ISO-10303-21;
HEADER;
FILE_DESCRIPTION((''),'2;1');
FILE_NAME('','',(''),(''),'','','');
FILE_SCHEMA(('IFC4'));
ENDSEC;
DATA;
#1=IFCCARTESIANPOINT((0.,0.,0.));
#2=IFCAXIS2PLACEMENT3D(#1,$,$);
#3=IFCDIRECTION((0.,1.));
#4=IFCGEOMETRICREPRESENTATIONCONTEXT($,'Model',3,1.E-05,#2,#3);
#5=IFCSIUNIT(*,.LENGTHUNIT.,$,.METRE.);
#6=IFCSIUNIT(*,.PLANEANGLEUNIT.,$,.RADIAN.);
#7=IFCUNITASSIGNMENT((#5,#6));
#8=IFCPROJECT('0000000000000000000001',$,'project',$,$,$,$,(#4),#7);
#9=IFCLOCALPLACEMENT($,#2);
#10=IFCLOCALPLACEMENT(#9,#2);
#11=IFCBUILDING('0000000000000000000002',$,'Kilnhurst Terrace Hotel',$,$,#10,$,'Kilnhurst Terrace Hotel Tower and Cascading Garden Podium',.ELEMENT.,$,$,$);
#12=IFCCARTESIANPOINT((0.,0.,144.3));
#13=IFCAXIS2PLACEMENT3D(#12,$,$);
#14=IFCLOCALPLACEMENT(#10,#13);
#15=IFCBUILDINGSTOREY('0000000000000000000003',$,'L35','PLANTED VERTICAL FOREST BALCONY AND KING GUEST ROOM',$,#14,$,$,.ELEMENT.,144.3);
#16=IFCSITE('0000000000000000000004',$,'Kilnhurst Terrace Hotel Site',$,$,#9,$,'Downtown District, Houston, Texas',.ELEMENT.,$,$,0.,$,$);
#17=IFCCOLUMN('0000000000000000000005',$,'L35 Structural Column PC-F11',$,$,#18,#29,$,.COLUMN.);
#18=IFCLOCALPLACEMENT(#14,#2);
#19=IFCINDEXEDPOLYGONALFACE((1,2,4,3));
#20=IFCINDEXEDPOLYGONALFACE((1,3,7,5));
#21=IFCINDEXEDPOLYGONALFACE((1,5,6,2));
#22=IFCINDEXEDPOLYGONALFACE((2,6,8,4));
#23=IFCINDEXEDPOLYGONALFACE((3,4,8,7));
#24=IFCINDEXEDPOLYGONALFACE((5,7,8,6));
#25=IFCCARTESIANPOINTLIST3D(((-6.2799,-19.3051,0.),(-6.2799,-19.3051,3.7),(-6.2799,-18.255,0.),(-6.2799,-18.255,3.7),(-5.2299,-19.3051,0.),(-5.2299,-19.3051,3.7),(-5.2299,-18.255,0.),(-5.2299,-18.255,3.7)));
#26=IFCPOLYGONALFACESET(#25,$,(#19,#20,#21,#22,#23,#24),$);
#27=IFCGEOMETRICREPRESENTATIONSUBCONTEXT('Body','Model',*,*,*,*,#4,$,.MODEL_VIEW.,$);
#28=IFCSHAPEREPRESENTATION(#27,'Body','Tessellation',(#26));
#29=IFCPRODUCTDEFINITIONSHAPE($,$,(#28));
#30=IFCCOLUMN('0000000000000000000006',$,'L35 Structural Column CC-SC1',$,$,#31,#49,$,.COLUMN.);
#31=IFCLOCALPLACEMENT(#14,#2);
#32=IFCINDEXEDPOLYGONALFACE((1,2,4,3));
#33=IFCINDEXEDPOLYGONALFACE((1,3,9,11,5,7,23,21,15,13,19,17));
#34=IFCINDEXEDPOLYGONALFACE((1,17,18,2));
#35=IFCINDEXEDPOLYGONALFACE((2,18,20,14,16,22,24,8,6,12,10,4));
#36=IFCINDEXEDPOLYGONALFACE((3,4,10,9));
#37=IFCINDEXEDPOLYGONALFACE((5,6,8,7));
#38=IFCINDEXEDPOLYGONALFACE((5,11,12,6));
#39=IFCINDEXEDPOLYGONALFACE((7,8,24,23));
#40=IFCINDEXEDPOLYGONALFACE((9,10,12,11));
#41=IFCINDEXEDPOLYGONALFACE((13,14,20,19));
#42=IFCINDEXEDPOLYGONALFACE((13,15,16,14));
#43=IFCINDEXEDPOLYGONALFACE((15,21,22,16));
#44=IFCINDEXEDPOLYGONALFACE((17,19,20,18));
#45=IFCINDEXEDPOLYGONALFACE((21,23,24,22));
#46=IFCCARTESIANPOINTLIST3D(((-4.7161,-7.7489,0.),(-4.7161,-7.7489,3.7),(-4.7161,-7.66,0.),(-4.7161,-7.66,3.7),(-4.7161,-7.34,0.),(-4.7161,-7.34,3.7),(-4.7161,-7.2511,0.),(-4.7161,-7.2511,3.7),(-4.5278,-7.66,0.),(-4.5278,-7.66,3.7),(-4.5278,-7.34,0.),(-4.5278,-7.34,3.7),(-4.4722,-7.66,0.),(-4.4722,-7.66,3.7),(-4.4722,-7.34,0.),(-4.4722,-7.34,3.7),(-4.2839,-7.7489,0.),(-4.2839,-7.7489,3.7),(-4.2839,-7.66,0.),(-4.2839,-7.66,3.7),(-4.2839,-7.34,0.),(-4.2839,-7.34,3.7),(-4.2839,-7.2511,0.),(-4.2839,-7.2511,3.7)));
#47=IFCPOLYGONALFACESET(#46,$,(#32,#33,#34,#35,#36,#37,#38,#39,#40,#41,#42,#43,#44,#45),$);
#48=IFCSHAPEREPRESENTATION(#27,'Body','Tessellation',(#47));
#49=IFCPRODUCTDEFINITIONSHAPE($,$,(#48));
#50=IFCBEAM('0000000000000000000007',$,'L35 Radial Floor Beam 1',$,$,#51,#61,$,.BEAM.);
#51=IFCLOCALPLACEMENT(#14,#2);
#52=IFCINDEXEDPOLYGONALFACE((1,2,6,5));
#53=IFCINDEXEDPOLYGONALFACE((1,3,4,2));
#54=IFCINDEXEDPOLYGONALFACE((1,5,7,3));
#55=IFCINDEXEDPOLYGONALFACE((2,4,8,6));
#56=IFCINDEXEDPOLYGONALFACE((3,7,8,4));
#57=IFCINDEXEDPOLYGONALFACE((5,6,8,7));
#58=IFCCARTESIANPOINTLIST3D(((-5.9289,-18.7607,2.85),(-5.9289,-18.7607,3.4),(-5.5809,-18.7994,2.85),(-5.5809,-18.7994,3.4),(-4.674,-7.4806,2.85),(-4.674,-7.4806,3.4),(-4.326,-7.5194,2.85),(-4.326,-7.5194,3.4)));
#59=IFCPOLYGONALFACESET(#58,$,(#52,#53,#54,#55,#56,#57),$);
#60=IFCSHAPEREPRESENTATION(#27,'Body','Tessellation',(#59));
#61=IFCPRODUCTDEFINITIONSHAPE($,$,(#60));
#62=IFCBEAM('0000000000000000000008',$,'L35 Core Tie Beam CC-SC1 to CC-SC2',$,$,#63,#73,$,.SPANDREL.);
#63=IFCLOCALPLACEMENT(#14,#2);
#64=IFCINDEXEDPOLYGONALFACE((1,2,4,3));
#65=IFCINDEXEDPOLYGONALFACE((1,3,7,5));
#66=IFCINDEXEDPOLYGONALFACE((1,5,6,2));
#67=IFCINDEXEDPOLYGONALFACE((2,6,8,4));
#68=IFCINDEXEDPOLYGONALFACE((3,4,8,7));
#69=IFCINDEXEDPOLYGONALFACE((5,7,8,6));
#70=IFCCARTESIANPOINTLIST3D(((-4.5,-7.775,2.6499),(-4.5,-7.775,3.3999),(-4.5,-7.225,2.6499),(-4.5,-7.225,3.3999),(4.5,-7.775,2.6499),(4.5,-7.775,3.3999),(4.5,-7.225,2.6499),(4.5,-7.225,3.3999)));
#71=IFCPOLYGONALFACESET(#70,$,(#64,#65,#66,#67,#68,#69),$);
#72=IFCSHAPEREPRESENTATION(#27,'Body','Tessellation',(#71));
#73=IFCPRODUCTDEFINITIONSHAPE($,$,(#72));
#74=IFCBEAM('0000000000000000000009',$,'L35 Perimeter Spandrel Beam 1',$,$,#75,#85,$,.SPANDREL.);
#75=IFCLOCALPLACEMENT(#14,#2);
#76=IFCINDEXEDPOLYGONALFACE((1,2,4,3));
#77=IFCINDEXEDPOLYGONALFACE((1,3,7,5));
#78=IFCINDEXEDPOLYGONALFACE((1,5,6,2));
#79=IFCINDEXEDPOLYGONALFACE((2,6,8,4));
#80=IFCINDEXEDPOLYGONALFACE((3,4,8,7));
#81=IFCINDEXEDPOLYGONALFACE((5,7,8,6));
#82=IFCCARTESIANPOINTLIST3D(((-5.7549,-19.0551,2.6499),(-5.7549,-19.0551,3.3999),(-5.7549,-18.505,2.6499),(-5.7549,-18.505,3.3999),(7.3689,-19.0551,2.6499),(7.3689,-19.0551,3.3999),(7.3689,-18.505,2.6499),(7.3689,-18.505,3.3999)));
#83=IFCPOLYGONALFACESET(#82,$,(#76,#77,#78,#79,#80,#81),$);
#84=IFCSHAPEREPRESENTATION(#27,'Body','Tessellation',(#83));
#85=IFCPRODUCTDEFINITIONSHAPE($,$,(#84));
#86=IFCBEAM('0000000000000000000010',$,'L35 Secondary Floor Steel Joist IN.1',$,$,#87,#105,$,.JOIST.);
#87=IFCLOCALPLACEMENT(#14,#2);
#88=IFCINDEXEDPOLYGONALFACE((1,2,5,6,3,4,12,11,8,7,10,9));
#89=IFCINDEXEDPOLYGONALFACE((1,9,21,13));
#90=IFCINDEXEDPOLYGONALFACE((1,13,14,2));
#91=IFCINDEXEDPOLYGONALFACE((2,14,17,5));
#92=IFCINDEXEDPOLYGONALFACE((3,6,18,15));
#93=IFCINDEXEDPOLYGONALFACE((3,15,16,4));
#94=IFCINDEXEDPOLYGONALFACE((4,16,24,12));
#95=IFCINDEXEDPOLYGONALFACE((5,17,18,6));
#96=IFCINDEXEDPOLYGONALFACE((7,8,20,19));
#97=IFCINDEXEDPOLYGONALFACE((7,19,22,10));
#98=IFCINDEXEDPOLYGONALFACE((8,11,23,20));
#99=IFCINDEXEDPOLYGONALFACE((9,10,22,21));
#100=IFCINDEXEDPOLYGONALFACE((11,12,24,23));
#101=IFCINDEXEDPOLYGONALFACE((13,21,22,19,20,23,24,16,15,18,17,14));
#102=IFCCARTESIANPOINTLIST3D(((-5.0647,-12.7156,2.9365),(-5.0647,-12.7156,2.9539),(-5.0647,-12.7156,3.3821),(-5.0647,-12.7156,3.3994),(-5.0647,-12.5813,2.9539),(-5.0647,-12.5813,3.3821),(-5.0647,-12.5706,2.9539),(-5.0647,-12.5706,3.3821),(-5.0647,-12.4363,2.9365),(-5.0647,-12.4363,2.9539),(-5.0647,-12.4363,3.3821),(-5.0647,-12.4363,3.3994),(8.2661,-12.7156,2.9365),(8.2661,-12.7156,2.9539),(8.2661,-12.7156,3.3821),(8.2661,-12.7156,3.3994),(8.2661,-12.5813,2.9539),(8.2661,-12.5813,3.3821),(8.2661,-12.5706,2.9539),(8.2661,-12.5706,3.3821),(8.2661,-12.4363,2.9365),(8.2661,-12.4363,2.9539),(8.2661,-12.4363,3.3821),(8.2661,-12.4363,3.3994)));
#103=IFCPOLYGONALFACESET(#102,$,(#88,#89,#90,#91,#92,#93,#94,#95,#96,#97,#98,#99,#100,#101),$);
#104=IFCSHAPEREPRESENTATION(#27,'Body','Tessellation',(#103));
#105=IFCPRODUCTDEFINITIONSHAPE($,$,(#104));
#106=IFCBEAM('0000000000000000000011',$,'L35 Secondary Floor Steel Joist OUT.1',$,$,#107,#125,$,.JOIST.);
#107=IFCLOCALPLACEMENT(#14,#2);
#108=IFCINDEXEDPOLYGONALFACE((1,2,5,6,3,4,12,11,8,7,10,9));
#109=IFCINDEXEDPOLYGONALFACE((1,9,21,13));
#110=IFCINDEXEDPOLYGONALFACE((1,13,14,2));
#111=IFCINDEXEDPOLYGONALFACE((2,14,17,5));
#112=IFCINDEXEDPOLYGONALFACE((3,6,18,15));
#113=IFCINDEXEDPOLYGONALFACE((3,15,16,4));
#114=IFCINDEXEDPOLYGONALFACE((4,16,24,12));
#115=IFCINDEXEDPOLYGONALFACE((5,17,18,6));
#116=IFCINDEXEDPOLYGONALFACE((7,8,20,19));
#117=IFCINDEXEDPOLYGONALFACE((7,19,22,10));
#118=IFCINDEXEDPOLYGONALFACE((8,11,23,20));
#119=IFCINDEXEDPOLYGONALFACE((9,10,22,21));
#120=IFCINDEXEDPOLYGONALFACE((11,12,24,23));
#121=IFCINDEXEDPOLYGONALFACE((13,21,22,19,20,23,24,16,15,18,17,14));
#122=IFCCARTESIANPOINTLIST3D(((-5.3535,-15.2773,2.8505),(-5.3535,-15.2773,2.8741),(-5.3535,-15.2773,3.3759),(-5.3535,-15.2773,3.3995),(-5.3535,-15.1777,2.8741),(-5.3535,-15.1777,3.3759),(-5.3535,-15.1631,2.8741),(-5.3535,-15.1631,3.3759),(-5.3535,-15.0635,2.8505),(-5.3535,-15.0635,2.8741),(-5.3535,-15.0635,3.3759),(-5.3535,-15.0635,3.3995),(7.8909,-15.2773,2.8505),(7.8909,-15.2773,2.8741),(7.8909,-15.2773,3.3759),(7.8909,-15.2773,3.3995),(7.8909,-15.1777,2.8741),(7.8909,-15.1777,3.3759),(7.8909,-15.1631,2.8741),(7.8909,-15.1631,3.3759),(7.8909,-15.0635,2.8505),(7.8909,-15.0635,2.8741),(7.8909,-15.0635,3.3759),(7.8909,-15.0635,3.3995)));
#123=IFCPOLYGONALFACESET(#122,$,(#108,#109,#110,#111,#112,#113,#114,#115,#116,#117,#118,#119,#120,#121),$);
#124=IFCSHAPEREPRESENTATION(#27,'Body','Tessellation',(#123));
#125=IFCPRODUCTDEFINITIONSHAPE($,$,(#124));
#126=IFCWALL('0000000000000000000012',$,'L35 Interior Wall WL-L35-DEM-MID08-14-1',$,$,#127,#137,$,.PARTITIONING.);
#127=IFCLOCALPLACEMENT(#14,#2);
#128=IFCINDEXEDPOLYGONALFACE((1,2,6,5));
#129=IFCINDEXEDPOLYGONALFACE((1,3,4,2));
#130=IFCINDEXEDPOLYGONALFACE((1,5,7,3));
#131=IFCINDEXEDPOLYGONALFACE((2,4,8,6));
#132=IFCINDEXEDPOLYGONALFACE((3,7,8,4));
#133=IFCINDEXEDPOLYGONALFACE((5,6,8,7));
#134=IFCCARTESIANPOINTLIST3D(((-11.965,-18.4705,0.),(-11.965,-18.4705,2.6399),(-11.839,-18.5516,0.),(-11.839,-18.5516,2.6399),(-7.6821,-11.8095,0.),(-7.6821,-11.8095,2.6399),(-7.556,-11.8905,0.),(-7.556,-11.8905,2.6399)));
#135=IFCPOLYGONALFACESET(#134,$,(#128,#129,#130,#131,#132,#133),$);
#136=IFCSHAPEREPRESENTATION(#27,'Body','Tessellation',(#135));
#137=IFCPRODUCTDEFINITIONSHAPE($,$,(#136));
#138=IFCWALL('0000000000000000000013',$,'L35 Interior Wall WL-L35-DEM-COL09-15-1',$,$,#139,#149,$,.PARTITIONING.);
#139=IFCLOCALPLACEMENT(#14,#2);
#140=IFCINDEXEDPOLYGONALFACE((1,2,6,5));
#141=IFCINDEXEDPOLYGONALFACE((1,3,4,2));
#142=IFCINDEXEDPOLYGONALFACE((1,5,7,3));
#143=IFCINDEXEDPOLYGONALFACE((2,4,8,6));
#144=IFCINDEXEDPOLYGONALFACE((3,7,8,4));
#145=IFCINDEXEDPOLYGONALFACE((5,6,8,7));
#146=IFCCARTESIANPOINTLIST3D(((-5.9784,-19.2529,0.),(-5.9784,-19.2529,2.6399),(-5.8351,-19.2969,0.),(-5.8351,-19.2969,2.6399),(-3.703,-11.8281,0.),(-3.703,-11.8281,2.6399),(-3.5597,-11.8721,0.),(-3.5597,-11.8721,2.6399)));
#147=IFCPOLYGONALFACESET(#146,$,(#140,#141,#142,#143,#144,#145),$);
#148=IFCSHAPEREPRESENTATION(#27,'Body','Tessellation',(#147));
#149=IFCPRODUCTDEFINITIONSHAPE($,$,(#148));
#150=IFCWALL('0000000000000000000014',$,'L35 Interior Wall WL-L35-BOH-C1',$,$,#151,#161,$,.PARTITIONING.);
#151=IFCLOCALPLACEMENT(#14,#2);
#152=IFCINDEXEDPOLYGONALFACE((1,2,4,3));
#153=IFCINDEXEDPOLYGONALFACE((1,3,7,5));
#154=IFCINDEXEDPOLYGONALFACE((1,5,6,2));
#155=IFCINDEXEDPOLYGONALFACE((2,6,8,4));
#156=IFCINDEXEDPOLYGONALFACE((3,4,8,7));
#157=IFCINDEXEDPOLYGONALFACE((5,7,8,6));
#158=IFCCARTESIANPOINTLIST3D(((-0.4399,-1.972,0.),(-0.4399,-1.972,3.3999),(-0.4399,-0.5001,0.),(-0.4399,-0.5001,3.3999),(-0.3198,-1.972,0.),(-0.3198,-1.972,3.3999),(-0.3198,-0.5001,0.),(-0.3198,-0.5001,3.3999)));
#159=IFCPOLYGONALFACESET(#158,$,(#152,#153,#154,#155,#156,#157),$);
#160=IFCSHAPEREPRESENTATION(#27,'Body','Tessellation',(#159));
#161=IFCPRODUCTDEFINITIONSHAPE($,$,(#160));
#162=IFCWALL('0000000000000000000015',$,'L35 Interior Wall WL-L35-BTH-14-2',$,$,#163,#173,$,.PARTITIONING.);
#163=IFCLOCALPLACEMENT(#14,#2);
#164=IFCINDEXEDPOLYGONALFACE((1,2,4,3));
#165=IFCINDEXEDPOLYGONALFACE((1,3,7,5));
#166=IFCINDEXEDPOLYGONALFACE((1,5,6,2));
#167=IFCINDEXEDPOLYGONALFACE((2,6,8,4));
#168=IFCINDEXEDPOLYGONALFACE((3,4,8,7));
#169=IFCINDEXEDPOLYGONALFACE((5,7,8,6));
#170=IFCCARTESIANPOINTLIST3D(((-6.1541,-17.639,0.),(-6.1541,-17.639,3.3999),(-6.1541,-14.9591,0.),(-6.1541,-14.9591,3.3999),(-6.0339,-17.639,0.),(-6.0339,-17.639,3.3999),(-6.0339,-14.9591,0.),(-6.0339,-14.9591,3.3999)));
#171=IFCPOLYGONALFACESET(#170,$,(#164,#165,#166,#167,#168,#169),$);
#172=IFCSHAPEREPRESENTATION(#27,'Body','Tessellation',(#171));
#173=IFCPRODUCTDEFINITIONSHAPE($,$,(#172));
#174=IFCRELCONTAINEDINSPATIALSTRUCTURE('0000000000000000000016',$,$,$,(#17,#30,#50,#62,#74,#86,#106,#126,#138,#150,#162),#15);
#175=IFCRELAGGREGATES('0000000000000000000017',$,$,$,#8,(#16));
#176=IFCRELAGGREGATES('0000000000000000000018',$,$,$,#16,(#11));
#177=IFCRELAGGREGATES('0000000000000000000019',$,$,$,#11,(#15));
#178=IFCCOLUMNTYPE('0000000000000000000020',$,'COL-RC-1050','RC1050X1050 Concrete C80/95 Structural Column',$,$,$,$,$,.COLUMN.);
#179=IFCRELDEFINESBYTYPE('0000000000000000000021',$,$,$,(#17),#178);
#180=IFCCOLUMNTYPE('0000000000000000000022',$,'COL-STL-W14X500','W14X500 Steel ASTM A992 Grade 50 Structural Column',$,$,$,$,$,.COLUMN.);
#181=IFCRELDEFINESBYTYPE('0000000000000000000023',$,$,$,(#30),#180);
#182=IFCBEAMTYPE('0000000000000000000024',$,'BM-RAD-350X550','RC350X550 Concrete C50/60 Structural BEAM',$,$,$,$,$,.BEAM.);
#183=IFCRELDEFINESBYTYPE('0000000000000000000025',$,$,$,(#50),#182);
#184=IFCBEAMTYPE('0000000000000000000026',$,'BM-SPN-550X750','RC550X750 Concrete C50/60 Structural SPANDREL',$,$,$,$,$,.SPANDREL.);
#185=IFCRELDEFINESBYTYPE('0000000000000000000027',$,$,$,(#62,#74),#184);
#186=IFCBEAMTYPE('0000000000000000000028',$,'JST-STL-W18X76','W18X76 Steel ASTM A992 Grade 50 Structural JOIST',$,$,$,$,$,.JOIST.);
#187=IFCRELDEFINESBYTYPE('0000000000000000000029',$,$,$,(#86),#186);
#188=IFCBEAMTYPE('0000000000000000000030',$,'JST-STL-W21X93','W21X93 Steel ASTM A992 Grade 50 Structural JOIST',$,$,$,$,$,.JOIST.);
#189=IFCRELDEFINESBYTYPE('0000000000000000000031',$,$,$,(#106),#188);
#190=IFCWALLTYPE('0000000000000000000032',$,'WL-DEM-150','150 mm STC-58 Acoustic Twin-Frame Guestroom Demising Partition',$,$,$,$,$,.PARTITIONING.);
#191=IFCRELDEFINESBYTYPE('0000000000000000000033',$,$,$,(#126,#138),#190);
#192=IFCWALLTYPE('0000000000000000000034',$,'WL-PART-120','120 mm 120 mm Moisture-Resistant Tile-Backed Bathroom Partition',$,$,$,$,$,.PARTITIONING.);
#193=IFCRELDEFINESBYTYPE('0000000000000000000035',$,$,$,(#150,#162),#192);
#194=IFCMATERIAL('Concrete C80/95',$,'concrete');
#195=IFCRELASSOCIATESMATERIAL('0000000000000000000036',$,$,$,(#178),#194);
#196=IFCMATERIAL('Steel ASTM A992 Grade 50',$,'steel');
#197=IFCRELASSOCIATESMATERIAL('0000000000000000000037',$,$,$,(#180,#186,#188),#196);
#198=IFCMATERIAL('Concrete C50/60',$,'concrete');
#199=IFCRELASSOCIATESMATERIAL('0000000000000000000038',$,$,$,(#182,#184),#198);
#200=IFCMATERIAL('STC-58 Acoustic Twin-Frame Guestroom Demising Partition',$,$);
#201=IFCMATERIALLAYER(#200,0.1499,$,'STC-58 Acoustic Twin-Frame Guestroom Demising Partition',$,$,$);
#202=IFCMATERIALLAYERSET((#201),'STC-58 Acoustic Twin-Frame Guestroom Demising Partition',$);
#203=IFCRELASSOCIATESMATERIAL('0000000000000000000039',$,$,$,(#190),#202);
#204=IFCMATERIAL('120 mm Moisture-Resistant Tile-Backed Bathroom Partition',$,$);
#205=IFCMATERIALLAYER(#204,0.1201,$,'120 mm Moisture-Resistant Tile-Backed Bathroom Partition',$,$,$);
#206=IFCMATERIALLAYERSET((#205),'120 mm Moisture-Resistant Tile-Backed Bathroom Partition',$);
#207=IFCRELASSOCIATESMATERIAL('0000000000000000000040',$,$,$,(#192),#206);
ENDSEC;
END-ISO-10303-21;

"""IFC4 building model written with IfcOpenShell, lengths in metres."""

from ifc_helpers import new_model, si_unit, direction, frame, frame_2d, origin, origin_2d, place, context, subcontext, project, spatial, rectangle, i_section, extrude, material, layer, layer_set, material_profile, profile_set, type_object, element, save


model = new_model("IFC4")

# Units and contexts
model_context = context("Model", 3, precision=1e-05, world=origin(), true_north=direction((0.0, 1.0)))
body_context = subcontext(model_context, "Body", "Model", "MODEL_VIEW")
ifc_project = project(units=[si_unit("LENGTHUNIT", "METRE"), si_unit("PLANEANGLEUNIT", "RADIAN")], contexts=[model_context])

# Site, building, storey
site_placement = place(None, origin())
site = spatial("IfcSite", under=ifc_project, at=site_placement, Name="Kilnhurst Terrace Hotel Site", LongName="Downtown District, Houston, Texas", CompositionType="ELEMENT", RefElevation=0.0)
building_placement = place(site_placement, origin())
building = spatial("IfcBuilding", under=site, at=building_placement, Name="Kilnhurst Terrace Hotel", LongName="Kilnhurst Terrace Hotel Tower and Cascading Garden Podium", CompositionType="ELEMENT")
storey_placement = place(building_placement, frame((0.0, 0.0, 144.3)))
storey = spatial("IfcBuildingStorey", under=building, at=storey_placement, Name="L35", Description="PLANTED VERTICAL FOREST BALCONY AND KING GUEST ROOM", CompositionType="ELEMENT", Elevation=144.3)

# Columns
ifc_material_1 = material(Name="Concrete C80/95", Category="concrete")
ifc_material_profile_1 = material_profile(ifc_material_1, rectangle(XDim=1.05, YDim=1.05, at=origin_2d()), Name="RC1050X1050")
ifc_profile_set_1 = profile_set([ifc_material_profile_1], Name="Concrete C80/95")
column_type_1 = type_object("IfcColumnType", Name="COL-RC-1050", Description="RC1050X1050 Concrete C80/95 Structural Column", PredefinedType="COLUMN", material=ifc_profile_set_1)
column_1_placement = place(storey_placement, frame((-5.7549, -18.78, 0.0), z_axis=(0.0, 0.0, 1.0), x_axis=(1.0, 0.0, 0.0)))
element("IfcColumn", 1, at=column_1_placement, inside=storey, type_object=column_type_1, Name="L35 Structural Column PC-F11", PredefinedType="COLUMN", context=body_context, shape_type="SweptSolid", body=[
    extrude(rectangle(XDim=1.05, YDim=1.05, at=origin_2d()), origin(), (0.0, 0.0, 1.0), 3.7),
])
ifc_material_2 = material(Name="Steel ASTM A992 Grade 50", Category="steel")
ifc_material_profile_2 = material_profile(ifc_material_2, i_section(OverallWidth=0.4321, OverallDepth=0.4978, WebThickness=0.0557, FlangeThickness=0.0889, at=origin_2d()), Name="W14X500")
ifc_profile_set_2 = profile_set([ifc_material_profile_2], Name="Steel ASTM A992 Grade 50")
column_type_2 = type_object("IfcColumnType", Name="COL-STL-W14X500", Description="W14X500 Steel ASTM A992 Grade 50 Structural Column", PredefinedType="COLUMN", material=ifc_profile_set_2)
column_2_placement = place(storey_placement, frame((-4.5, -7.5, 0.0), z_axis=(0.0, 0.0, 1.0), x_axis=(1.0, 0.0, 0.0)))
element("IfcColumn", 2, at=column_2_placement, inside=storey, type_object=column_type_2, Name="L35 Structural Column CC-SC1", PredefinedType="COLUMN", context=body_context, shape_type="SweptSolid", body=[
    extrude(i_section(OverallWidth=0.4321, OverallDepth=0.4978, WebThickness=0.0557, FlangeThickness=0.0889, at=origin_2d()), origin(), (0.0, 0.0, 1.0), 3.7),
])

# Beams
ifc_material_3 = material(Name="Concrete C50/60", Category="concrete")
ifc_material_profile_3 = material_profile(ifc_material_3, rectangle(XDim=0.3501, YDim=0.55, at=origin_2d()), Name="RC350X550")
ifc_profile_set_3 = profile_set([ifc_material_profile_3], Name="Concrete C50/60")
beam_type_1 = type_object("IfcBeamType", Name="BM-RAD-350X550", Description="RC350X550 Concrete C50/60 Structural BEAM", PredefinedType="BEAM", material=ifc_profile_set_3)
beam_1_placement = place(storey_placement, frame((-4.5, -7.5, 3.125), z_axis=(-0.110566, -0.993869, 0.0), x_axis=(0.993869, -0.110566, 0.0)))
element("IfcBeam", 3, at=beam_1_placement, inside=storey, type_object=beam_type_1, Name="L35 Radial Floor Beam 1", PredefinedType="BEAM", context=body_context, shape_type="SweptSolid", body=[
    extrude(rectangle(XDim=0.3501, YDim=0.55, at=origin_2d()), origin(), (0.0, 0.0, 1.0), 11.3496),
])
ifc_material_profile_4 = material_profile(ifc_material_3, rectangle(XDim=0.55, YDim=0.75, at=origin_2d()), Name="RC550X750")
ifc_profile_set_4 = profile_set([ifc_material_profile_4], Name="Concrete C50/60")
beam_type_2 = type_object("IfcBeamType", Name="BM-SPN-550X750", Description="RC550X750 Concrete C50/60 Structural SPANDREL", PredefinedType="SPANDREL", material=ifc_profile_set_4)
beam_2_placement = place(storey_placement, frame((-4.5, -7.5, 3.0249), z_axis=(1.0, 0.0, 0.0), x_axis=(0.0, 1.0, 0.0)))
element("IfcBeam", 4, at=beam_2_placement, inside=storey, type_object=beam_type_2, Name="L35 Core Tie Beam CC-SC1 to CC-SC2", PredefinedType="SPANDREL", context=body_context, shape_type="SweptSolid", body=[
    extrude(rectangle(XDim=0.55, YDim=0.75, at=origin_2d()), origin(), (0.0, 0.0, 1.0), 9.0),
])
beam_3_placement = place(storey_placement, frame((-5.7549, -18.78, 3.0249), z_axis=(1.0, 0.0, 0.0), x_axis=(0.0, 1.0, 0.0)))
element("IfcBeam", 5, at=beam_3_placement, inside=storey, type_object=beam_type_2, Name="L35 Perimeter Spandrel Beam 1", PredefinedType="SPANDREL", context=body_context, shape_type="SweptSolid", body=[
    extrude(rectangle(XDim=0.55, YDim=0.75, at=origin_2d()), origin(), (0.0, 0.0, 1.0), 13.1238),
])
ifc_material_profile_5 = material_profile(ifc_material_2, i_section(OverallWidth=0.2793, OverallDepth=0.4629, WebThickness=0.0107, FlangeThickness=0.0173, at=origin_2d()), Name="W18X76")
ifc_profile_set_5 = profile_set([ifc_material_profile_5], Name="Steel ASTM A992 Grade 50")
beam_type_3 = type_object("IfcBeamType", Name="JST-STL-W18X76", Description="W18X76 Steel ASTM A992 Grade 50 Structural JOIST", PredefinedType="JOIST", material=ifc_profile_set_5)
beam_4_placement = place(storey_placement, frame((-5.0647, -12.5759, 3.168), z_axis=(1.0, 0.0, 0.0), x_axis=(0.0, 1.0, 0.0)))
element("IfcBeam", 6, at=beam_4_placement, inside=storey, type_object=beam_type_3, Name="L35 Secondary Floor Steel Joist IN.1", PredefinedType="JOIST", context=body_context, shape_type="SweptSolid", body=[
    extrude(i_section(OverallWidth=0.2793, OverallDepth=0.4629, WebThickness=0.0107, FlangeThickness=0.0173, at=origin_2d()), origin(), (0.0, 0.0, 1.0), 13.3308),
])
ifc_material_profile_6 = material_profile(ifc_material_2, i_section(OverallWidth=0.2139, OverallDepth=0.5491, WebThickness=0.0146, FlangeThickness=0.0237, at=origin_2d()), Name="W21X93")
ifc_profile_set_6 = profile_set([ifc_material_profile_6], Name="Steel ASTM A992 Grade 50")
beam_type_4 = type_object("IfcBeamType", Name="JST-STL-W21X93", Description="W21X93 Steel ASTM A992 Grade 50 Structural JOIST", PredefinedType="JOIST", material=ifc_profile_set_6)
beam_5_placement = place(storey_placement, frame((-5.3535, -15.1704, 3.125), z_axis=(1.0, 0.0, 0.0), x_axis=(0.0, 1.0, 0.0)))
element("IfcBeam", 7, at=beam_5_placement, inside=storey, type_object=beam_type_4, Name="L35 Secondary Floor Steel Joist OUT.1", PredefinedType="JOIST", context=body_context, shape_type="SweptSolid", body=[
    extrude(i_section(OverallWidth=0.2139, OverallDepth=0.5491, WebThickness=0.0146, FlangeThickness=0.0237, at=origin_2d()), origin(), (0.0, 0.0, 1.0), 13.2444),
])

# Walls
ifc_material_4 = material(Name="STC-58 Acoustic Twin-Frame Guestroom Demising Partition")
ifc_layer_1 = layer(ifc_material_4, 0.1499, Name="STC-58 Acoustic Twin-Frame Guestroom Demising Partition")
ifc_layer_set_1 = layer_set([ifc_layer_1], Name="STC-58 Acoustic Twin-Frame Guestroom Demising Partition")
wall_type_1 = type_object("IfcWallType", Name="WL-DEM-150", Description="150 mm STC-58 Acoustic Twin-Frame Guestroom Demising Partition", PredefinedType="PARTITIONING", material=ifc_layer_set_1)
wall_1_placement = place(storey_placement, frame((-7.6191, -11.8501, 0.0), z_axis=(0.0, 0.0, 1.0), x_axis=(-0.540829, -0.841132, 0.0)))
element("IfcWall", 8, at=wall_1_placement, inside=storey, type_object=wall_type_1, Name="L35 Interior Wall WL-L35-DEM-MID08-14-1", PredefinedType="PARTITIONING", context=body_context, shape_type="SweptSolid", body=[
    extrude(rectangle(XDim=7.9192, YDim=0.1499, at=frame_2d((3.9595, 0.0))), origin(), (0.0, 0.0, 1.0), 2.6399),
])
wall_2_placement = place(storey_placement, frame((-3.6313, -11.8501, 0.0), z_axis=(0.0, 0.0, 1.0), x_axis=(-0.293008, -0.95611, 0.0)))
element("IfcWall", 9, at=wall_2_placement, inside=storey, type_object=wall_type_1, Name="L35 Interior Wall WL-L35-DEM-COL09-15-1", PredefinedType="PARTITIONING", context=body_context, shape_type="SweptSolid", body=[
    extrude(rectangle(XDim=7.7656, YDim=0.1499, at=frame_2d((3.8828, 0.0))), origin(), (0.0, 0.0, 1.0), 2.6399),
])
ifc_material_5 = material(Name="120 mm Moisture-Resistant Tile-Backed Bathroom Partition")
ifc_layer_2 = layer(ifc_material_5, 0.1201, Name="120 mm Moisture-Resistant Tile-Backed Bathroom Partition")
ifc_layer_set_2 = layer_set([ifc_layer_2], Name="120 mm Moisture-Resistant Tile-Backed Bathroom Partition")
wall_type_2 = type_object("IfcWallType", Name="WL-PART-120", Description="120 mm 120 mm Moisture-Resistant Tile-Backed Bathroom Partition", PredefinedType="PARTITIONING", material=ifc_layer_set_2)
wall_3_placement = place(storey_placement, frame((-0.3799, -1.9719, 0.0), z_axis=(0.0, 0.0, 1.0), x_axis=(0.0, 1.0, 0.0)))
element("IfcWall", 10, at=wall_3_placement, inside=storey, type_object=wall_type_2, Name="L35 Interior Wall WL-L35-BOH-C1", PredefinedType="PARTITIONING", context=body_context, shape_type="SweptSolid", body=[
    extrude(rectangle(XDim=1.4719, YDim=0.1201, at=frame_2d((0.7358, 0.0))), origin(), (0.0, 0.0, 1.0), 3.3999),
])
wall_4_placement = place(storey_placement, frame((-6.094, -17.6389, 0.0), z_axis=(0.0, 0.0, 1.0), x_axis=(0.0, 1.0, 0.0)))
element("IfcWall", 11, at=wall_4_placement, inside=storey, type_object=wall_type_2, Name="L35 Interior Wall WL-L35-BTH-14-2", PredefinedType="PARTITIONING", context=body_context, shape_type="SweptSolid", body=[
    extrude(rectangle(XDim=2.6799, YDim=0.1201, at=frame_2d((1.3398, 0.0))), origin(), (0.0, 0.0, 1.0), 3.3999),
])

save(model, "model.ifc")
